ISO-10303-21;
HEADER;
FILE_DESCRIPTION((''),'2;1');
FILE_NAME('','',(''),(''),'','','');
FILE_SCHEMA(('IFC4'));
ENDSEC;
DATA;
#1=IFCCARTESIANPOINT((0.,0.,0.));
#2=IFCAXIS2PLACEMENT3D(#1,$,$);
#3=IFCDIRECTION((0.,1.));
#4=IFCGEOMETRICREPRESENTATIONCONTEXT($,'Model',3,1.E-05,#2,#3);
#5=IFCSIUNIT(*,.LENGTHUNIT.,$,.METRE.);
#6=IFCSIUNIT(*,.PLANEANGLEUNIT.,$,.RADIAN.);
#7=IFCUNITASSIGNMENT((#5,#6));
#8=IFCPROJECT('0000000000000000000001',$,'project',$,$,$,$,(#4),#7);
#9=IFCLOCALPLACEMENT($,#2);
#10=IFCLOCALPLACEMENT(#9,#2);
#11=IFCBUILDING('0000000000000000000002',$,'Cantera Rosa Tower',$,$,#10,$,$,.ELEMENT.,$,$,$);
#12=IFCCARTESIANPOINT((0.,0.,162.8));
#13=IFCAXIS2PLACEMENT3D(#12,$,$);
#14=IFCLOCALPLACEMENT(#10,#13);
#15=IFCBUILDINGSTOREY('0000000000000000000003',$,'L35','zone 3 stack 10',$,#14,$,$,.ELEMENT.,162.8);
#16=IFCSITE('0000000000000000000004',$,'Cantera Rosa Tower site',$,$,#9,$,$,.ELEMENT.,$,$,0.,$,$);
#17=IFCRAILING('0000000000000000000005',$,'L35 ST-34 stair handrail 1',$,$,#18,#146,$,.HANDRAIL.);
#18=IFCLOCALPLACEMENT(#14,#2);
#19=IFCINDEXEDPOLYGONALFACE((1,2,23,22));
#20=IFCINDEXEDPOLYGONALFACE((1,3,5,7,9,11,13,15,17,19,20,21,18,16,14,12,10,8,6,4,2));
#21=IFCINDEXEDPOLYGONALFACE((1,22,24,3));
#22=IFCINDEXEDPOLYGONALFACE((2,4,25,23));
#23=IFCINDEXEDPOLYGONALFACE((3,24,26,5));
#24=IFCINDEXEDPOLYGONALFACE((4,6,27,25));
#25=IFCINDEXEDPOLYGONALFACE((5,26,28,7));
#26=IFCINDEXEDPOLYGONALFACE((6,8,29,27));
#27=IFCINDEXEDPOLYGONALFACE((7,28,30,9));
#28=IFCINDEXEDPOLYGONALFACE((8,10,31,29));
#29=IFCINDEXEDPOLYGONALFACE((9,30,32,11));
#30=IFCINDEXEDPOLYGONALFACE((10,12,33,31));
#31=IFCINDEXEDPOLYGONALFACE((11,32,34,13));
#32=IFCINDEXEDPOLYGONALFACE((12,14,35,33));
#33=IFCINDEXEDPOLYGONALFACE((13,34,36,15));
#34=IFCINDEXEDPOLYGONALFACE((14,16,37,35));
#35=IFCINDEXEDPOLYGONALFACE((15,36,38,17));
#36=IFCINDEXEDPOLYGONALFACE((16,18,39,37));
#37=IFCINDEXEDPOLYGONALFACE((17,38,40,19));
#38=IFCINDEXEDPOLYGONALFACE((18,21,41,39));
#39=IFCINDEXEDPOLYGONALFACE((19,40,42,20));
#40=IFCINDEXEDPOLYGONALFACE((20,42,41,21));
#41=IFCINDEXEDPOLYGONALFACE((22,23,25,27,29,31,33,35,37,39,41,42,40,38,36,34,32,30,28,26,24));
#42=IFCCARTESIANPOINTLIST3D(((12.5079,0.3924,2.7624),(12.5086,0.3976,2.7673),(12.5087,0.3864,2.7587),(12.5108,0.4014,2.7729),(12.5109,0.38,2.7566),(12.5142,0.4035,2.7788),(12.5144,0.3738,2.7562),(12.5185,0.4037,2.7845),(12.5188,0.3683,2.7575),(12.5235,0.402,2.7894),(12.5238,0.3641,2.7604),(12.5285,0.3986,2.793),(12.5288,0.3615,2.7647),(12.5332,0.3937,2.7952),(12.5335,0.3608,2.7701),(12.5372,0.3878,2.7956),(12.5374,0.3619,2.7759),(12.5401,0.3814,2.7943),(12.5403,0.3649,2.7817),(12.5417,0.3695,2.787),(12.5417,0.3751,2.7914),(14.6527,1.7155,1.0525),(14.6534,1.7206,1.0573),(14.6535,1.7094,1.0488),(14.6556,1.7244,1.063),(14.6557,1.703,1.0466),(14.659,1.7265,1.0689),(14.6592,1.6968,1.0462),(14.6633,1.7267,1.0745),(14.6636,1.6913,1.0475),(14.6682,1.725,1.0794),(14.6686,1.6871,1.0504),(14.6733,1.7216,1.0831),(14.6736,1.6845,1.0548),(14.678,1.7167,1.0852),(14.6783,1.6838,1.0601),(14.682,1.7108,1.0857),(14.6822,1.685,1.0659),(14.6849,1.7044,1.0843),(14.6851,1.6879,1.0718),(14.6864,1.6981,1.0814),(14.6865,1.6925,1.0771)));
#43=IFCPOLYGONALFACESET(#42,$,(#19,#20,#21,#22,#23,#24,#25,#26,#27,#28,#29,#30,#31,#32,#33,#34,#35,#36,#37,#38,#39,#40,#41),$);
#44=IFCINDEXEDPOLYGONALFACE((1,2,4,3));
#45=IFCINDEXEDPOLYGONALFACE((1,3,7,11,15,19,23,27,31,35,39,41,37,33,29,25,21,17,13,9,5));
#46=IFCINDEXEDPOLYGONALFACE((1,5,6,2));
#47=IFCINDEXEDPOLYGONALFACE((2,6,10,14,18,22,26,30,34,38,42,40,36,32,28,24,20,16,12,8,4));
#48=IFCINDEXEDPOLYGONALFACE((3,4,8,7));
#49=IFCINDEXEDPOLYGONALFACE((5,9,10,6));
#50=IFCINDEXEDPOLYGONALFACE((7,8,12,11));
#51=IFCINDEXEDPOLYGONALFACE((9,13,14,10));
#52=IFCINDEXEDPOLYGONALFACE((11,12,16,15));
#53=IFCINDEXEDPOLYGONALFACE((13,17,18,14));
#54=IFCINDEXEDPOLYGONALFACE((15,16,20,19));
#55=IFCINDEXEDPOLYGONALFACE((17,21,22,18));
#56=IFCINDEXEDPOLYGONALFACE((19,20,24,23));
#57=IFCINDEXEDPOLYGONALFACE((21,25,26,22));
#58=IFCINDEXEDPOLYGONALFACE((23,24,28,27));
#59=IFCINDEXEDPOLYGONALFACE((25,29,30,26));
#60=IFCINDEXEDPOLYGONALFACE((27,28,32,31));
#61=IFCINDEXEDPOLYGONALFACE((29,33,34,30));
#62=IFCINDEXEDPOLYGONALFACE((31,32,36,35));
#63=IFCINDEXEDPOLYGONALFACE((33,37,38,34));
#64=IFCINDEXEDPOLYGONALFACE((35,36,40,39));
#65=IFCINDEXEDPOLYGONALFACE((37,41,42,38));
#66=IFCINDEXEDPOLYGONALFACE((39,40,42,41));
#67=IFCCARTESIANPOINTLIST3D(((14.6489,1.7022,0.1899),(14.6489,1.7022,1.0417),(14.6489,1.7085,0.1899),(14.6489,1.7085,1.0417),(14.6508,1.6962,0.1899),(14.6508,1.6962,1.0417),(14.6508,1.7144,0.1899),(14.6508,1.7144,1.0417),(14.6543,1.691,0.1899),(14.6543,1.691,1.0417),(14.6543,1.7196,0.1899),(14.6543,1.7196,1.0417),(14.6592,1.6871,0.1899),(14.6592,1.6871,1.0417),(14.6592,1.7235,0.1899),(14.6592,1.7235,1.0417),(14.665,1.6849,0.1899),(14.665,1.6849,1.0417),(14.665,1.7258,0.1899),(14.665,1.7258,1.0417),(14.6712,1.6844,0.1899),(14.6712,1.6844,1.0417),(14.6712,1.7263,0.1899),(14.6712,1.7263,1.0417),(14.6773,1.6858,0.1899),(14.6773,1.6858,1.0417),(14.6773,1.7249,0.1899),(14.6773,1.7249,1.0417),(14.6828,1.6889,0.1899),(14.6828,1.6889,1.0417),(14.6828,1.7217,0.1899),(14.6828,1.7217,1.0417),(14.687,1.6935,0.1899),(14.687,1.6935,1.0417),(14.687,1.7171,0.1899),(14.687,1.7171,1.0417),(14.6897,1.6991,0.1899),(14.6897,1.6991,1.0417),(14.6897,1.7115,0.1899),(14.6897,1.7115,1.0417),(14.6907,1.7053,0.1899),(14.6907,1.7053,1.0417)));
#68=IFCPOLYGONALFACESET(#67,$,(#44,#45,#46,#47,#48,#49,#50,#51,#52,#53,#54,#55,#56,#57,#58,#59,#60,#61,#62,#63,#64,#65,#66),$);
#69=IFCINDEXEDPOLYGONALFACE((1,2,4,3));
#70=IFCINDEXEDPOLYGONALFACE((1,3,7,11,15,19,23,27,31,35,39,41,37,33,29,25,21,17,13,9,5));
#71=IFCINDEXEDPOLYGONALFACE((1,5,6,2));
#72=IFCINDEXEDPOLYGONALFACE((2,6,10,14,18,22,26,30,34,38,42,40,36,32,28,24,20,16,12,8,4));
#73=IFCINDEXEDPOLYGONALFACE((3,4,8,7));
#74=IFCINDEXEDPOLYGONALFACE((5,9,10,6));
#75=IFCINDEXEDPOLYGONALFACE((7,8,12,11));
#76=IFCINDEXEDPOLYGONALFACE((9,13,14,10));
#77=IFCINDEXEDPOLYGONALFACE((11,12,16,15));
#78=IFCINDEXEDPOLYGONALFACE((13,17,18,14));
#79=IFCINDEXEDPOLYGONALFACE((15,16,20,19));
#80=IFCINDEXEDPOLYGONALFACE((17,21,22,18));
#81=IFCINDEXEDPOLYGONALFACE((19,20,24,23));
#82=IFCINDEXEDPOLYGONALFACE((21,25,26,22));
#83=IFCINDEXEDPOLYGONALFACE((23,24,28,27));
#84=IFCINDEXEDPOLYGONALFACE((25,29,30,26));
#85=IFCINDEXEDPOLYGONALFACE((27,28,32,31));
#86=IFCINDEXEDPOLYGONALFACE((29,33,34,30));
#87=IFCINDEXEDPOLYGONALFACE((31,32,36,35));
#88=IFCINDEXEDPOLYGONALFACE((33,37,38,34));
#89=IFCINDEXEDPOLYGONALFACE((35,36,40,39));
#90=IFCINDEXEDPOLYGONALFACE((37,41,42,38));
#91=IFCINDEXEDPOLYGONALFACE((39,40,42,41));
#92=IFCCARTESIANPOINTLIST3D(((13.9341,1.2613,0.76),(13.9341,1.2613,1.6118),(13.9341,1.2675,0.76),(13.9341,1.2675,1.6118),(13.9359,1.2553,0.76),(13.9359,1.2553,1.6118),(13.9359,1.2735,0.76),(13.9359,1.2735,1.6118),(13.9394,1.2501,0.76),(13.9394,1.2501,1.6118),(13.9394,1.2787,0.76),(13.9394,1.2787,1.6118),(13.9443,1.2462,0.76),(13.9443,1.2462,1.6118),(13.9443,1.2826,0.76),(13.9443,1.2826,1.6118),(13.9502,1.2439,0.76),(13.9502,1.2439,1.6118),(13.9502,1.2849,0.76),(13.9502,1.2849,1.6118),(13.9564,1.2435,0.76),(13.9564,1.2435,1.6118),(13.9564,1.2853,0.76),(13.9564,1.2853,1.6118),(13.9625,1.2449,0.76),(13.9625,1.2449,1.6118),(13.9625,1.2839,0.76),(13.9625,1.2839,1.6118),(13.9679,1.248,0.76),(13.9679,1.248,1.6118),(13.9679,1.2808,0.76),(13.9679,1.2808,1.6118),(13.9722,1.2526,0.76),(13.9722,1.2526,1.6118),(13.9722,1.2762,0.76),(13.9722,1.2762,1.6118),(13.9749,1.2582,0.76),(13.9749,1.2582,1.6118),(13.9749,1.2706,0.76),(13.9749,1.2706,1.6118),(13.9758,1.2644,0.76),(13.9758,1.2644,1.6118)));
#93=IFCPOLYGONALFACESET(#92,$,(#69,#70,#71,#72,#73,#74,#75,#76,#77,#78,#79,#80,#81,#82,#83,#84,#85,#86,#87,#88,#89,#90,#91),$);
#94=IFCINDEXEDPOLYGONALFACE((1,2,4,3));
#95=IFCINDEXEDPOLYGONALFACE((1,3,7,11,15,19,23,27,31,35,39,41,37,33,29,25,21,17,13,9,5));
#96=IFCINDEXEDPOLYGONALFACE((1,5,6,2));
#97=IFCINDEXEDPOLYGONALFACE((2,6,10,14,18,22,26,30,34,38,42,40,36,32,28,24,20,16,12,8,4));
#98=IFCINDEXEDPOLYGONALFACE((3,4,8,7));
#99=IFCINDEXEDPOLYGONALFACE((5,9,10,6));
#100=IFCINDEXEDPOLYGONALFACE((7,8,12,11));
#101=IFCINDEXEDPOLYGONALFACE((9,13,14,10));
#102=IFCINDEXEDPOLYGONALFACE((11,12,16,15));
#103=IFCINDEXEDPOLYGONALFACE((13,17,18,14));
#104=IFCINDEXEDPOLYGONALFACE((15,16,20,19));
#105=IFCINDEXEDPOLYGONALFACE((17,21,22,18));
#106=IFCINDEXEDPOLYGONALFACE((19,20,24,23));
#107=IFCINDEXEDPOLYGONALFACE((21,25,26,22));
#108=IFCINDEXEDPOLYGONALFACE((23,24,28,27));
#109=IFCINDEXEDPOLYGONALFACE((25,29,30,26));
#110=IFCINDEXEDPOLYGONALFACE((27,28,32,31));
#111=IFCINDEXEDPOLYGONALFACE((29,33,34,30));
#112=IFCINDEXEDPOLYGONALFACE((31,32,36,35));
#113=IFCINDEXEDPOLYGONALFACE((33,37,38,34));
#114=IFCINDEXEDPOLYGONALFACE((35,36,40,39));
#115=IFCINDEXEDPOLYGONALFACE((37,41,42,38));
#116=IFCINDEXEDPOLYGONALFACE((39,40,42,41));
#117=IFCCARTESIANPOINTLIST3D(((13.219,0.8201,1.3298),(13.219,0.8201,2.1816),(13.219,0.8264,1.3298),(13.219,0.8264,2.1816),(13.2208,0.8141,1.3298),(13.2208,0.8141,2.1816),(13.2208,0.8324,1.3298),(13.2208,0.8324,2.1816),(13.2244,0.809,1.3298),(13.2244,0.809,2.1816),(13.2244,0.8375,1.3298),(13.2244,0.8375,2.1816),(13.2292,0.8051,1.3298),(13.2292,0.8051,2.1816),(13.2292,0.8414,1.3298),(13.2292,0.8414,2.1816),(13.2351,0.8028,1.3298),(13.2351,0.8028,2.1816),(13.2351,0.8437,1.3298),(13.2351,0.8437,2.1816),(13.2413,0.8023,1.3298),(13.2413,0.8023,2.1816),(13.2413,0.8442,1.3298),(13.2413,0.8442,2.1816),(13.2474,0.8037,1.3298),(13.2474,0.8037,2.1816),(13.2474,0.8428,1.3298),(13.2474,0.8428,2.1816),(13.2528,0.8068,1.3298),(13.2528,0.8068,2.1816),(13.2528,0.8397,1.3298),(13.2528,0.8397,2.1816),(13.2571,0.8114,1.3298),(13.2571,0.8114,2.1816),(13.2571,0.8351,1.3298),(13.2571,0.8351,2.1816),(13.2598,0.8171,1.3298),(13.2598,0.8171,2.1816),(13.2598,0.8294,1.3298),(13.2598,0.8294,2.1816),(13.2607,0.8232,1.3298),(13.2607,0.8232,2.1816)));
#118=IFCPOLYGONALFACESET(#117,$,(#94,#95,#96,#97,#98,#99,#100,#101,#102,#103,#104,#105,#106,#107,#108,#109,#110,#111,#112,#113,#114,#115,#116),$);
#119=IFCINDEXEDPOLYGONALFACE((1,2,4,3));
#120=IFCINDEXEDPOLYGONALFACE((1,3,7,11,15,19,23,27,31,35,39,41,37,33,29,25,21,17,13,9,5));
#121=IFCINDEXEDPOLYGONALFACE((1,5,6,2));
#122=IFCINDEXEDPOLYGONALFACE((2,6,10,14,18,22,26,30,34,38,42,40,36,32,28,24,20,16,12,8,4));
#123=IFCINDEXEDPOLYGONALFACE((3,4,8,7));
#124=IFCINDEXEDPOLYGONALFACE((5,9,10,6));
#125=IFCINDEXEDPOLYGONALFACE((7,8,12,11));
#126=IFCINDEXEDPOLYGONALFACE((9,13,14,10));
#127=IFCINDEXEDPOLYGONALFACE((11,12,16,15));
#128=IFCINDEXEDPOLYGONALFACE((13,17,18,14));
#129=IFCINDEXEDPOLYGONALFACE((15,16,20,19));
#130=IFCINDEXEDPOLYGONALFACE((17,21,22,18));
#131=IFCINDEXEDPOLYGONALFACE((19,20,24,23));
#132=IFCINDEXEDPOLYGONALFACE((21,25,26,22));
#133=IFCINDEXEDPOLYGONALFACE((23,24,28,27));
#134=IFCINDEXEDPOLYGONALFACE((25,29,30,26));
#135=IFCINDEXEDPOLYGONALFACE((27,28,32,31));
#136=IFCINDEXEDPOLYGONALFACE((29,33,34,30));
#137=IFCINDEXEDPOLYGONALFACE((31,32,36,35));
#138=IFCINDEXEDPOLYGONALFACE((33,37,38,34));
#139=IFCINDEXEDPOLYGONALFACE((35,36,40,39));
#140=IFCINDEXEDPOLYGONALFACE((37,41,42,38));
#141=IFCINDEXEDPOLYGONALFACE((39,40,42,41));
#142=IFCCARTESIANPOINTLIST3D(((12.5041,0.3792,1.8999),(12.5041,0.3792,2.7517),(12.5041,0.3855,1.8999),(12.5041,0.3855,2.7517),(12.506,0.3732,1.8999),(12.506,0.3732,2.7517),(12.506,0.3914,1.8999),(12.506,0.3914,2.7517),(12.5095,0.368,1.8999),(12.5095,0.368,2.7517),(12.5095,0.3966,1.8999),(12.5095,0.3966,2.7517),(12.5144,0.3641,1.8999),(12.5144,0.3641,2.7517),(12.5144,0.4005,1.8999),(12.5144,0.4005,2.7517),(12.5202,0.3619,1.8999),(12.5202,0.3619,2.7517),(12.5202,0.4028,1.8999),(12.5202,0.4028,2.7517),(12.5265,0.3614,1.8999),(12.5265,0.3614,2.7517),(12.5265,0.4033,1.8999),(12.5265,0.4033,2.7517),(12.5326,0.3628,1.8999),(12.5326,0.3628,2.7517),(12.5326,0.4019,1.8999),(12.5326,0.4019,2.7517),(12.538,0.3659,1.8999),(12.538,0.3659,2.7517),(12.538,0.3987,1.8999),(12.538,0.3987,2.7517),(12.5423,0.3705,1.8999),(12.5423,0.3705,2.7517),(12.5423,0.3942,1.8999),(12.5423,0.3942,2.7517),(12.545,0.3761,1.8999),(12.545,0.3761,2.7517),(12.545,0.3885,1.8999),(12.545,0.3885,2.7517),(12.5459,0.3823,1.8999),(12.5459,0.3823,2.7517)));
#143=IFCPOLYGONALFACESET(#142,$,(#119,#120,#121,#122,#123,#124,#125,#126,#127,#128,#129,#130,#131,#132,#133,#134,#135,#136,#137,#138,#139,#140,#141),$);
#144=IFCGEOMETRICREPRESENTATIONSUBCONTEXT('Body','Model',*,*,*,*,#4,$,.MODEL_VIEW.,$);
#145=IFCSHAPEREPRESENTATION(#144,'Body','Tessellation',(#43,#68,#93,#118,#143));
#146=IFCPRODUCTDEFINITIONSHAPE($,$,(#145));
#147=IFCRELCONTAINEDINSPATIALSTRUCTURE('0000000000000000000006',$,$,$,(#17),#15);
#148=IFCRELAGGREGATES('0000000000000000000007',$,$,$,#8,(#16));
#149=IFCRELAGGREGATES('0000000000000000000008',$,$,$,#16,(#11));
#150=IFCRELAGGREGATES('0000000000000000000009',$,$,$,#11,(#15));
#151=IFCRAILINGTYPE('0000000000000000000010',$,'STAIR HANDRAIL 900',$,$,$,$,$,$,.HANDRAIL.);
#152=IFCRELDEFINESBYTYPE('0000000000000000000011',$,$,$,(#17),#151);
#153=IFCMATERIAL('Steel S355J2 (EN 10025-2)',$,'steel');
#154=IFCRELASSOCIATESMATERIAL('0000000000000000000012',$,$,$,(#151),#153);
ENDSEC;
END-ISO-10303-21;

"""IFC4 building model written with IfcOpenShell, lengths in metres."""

from ifc_helpers import new_model, si_unit, direction, frame, origin, origin_2d, place, context, subcontext, project, spatial, circle, extrude, material, type_object, element, save


model = new_model("IFC4")

# Units and contexts
model_context = context("Model", 3, precision=1e-05, world=origin(), true_north=direction((0.0, 1.0)))
body_context = subcontext(model_context, "Body", "Model", "MODEL_VIEW")
ifc_project = project(units=[si_unit("LENGTHUNIT", "METRE"), si_unit("PLANEANGLEUNIT", "RADIAN")], contexts=[model_context])

# Site, building, storey
site_placement = place(None, origin())
site = spatial("IfcSite", under=ifc_project, at=site_placement, Name="Cantera Rosa Tower site", CompositionType="ELEMENT", RefElevation=0.0)
building_placement = place(site_placement, origin())
building = spatial("IfcBuilding", under=site, at=building_placement, Name="Cantera Rosa Tower", CompositionType="ELEMENT")
storey_placement = place(building_placement, frame((0.0, 0.0, 162.8)))
storey = spatial("IfcBuildingStorey", under=building, at=storey_placement, Name="L35", Description="zone 3 stack 10", CompositionType="ELEMENT", Elevation=162.8)

# Railing
ifc_material_1 = material(Name="Steel S355J2 (EN 10025-2)", Category="steel")
railing_type_1 = type_object("IfcRailingType", Name="STAIR HANDRAIL 900", PredefinedType="HANDRAIL", material=ifc_material_1)
railing_1_placement = place(storey_placement, frame((14.6697, 1.7053, 0.1899)))
element("IfcRailing", 1, at=railing_1_placement, inside=storey, type_object=railing_type_1, Name="L35 ST-34 stair handrail 1", PredefinedType="HANDRAIL", context=body_context, shape_type="SweptSolid", body=[
    extrude(circle(Radius=0.0239, at=origin_2d()), frame((0.0, 0.0, 0.876), z_axis=(-0.704271, -0.434428, 0.561493), x_axis=(0.525, -0.851102, 0.0)), (0.0, 0.0, 1.0), 3.0454),
    extrude(circle(Radius=0.021, at=origin_2d()), origin(), (0.0, 0.0, 1.0), 0.8518),
    extrude(circle(Radius=0.021, at=origin_2d()), frame((-0.7148, -0.4409, 0.5701)), (0.0, 0.0, 1.0), 0.8518),
    extrude(circle(Radius=0.021, at=origin_2d()), frame((-1.4299, -0.8821, 1.1399)), (0.0, 0.0, 1.0), 0.8518),
    extrude(circle(Radius=0.021, at=origin_2d()), frame((-2.1448, -1.323, 1.71)), (0.0, 0.0, 1.0), 0.8518),
])

save(model, "model.ifc")
